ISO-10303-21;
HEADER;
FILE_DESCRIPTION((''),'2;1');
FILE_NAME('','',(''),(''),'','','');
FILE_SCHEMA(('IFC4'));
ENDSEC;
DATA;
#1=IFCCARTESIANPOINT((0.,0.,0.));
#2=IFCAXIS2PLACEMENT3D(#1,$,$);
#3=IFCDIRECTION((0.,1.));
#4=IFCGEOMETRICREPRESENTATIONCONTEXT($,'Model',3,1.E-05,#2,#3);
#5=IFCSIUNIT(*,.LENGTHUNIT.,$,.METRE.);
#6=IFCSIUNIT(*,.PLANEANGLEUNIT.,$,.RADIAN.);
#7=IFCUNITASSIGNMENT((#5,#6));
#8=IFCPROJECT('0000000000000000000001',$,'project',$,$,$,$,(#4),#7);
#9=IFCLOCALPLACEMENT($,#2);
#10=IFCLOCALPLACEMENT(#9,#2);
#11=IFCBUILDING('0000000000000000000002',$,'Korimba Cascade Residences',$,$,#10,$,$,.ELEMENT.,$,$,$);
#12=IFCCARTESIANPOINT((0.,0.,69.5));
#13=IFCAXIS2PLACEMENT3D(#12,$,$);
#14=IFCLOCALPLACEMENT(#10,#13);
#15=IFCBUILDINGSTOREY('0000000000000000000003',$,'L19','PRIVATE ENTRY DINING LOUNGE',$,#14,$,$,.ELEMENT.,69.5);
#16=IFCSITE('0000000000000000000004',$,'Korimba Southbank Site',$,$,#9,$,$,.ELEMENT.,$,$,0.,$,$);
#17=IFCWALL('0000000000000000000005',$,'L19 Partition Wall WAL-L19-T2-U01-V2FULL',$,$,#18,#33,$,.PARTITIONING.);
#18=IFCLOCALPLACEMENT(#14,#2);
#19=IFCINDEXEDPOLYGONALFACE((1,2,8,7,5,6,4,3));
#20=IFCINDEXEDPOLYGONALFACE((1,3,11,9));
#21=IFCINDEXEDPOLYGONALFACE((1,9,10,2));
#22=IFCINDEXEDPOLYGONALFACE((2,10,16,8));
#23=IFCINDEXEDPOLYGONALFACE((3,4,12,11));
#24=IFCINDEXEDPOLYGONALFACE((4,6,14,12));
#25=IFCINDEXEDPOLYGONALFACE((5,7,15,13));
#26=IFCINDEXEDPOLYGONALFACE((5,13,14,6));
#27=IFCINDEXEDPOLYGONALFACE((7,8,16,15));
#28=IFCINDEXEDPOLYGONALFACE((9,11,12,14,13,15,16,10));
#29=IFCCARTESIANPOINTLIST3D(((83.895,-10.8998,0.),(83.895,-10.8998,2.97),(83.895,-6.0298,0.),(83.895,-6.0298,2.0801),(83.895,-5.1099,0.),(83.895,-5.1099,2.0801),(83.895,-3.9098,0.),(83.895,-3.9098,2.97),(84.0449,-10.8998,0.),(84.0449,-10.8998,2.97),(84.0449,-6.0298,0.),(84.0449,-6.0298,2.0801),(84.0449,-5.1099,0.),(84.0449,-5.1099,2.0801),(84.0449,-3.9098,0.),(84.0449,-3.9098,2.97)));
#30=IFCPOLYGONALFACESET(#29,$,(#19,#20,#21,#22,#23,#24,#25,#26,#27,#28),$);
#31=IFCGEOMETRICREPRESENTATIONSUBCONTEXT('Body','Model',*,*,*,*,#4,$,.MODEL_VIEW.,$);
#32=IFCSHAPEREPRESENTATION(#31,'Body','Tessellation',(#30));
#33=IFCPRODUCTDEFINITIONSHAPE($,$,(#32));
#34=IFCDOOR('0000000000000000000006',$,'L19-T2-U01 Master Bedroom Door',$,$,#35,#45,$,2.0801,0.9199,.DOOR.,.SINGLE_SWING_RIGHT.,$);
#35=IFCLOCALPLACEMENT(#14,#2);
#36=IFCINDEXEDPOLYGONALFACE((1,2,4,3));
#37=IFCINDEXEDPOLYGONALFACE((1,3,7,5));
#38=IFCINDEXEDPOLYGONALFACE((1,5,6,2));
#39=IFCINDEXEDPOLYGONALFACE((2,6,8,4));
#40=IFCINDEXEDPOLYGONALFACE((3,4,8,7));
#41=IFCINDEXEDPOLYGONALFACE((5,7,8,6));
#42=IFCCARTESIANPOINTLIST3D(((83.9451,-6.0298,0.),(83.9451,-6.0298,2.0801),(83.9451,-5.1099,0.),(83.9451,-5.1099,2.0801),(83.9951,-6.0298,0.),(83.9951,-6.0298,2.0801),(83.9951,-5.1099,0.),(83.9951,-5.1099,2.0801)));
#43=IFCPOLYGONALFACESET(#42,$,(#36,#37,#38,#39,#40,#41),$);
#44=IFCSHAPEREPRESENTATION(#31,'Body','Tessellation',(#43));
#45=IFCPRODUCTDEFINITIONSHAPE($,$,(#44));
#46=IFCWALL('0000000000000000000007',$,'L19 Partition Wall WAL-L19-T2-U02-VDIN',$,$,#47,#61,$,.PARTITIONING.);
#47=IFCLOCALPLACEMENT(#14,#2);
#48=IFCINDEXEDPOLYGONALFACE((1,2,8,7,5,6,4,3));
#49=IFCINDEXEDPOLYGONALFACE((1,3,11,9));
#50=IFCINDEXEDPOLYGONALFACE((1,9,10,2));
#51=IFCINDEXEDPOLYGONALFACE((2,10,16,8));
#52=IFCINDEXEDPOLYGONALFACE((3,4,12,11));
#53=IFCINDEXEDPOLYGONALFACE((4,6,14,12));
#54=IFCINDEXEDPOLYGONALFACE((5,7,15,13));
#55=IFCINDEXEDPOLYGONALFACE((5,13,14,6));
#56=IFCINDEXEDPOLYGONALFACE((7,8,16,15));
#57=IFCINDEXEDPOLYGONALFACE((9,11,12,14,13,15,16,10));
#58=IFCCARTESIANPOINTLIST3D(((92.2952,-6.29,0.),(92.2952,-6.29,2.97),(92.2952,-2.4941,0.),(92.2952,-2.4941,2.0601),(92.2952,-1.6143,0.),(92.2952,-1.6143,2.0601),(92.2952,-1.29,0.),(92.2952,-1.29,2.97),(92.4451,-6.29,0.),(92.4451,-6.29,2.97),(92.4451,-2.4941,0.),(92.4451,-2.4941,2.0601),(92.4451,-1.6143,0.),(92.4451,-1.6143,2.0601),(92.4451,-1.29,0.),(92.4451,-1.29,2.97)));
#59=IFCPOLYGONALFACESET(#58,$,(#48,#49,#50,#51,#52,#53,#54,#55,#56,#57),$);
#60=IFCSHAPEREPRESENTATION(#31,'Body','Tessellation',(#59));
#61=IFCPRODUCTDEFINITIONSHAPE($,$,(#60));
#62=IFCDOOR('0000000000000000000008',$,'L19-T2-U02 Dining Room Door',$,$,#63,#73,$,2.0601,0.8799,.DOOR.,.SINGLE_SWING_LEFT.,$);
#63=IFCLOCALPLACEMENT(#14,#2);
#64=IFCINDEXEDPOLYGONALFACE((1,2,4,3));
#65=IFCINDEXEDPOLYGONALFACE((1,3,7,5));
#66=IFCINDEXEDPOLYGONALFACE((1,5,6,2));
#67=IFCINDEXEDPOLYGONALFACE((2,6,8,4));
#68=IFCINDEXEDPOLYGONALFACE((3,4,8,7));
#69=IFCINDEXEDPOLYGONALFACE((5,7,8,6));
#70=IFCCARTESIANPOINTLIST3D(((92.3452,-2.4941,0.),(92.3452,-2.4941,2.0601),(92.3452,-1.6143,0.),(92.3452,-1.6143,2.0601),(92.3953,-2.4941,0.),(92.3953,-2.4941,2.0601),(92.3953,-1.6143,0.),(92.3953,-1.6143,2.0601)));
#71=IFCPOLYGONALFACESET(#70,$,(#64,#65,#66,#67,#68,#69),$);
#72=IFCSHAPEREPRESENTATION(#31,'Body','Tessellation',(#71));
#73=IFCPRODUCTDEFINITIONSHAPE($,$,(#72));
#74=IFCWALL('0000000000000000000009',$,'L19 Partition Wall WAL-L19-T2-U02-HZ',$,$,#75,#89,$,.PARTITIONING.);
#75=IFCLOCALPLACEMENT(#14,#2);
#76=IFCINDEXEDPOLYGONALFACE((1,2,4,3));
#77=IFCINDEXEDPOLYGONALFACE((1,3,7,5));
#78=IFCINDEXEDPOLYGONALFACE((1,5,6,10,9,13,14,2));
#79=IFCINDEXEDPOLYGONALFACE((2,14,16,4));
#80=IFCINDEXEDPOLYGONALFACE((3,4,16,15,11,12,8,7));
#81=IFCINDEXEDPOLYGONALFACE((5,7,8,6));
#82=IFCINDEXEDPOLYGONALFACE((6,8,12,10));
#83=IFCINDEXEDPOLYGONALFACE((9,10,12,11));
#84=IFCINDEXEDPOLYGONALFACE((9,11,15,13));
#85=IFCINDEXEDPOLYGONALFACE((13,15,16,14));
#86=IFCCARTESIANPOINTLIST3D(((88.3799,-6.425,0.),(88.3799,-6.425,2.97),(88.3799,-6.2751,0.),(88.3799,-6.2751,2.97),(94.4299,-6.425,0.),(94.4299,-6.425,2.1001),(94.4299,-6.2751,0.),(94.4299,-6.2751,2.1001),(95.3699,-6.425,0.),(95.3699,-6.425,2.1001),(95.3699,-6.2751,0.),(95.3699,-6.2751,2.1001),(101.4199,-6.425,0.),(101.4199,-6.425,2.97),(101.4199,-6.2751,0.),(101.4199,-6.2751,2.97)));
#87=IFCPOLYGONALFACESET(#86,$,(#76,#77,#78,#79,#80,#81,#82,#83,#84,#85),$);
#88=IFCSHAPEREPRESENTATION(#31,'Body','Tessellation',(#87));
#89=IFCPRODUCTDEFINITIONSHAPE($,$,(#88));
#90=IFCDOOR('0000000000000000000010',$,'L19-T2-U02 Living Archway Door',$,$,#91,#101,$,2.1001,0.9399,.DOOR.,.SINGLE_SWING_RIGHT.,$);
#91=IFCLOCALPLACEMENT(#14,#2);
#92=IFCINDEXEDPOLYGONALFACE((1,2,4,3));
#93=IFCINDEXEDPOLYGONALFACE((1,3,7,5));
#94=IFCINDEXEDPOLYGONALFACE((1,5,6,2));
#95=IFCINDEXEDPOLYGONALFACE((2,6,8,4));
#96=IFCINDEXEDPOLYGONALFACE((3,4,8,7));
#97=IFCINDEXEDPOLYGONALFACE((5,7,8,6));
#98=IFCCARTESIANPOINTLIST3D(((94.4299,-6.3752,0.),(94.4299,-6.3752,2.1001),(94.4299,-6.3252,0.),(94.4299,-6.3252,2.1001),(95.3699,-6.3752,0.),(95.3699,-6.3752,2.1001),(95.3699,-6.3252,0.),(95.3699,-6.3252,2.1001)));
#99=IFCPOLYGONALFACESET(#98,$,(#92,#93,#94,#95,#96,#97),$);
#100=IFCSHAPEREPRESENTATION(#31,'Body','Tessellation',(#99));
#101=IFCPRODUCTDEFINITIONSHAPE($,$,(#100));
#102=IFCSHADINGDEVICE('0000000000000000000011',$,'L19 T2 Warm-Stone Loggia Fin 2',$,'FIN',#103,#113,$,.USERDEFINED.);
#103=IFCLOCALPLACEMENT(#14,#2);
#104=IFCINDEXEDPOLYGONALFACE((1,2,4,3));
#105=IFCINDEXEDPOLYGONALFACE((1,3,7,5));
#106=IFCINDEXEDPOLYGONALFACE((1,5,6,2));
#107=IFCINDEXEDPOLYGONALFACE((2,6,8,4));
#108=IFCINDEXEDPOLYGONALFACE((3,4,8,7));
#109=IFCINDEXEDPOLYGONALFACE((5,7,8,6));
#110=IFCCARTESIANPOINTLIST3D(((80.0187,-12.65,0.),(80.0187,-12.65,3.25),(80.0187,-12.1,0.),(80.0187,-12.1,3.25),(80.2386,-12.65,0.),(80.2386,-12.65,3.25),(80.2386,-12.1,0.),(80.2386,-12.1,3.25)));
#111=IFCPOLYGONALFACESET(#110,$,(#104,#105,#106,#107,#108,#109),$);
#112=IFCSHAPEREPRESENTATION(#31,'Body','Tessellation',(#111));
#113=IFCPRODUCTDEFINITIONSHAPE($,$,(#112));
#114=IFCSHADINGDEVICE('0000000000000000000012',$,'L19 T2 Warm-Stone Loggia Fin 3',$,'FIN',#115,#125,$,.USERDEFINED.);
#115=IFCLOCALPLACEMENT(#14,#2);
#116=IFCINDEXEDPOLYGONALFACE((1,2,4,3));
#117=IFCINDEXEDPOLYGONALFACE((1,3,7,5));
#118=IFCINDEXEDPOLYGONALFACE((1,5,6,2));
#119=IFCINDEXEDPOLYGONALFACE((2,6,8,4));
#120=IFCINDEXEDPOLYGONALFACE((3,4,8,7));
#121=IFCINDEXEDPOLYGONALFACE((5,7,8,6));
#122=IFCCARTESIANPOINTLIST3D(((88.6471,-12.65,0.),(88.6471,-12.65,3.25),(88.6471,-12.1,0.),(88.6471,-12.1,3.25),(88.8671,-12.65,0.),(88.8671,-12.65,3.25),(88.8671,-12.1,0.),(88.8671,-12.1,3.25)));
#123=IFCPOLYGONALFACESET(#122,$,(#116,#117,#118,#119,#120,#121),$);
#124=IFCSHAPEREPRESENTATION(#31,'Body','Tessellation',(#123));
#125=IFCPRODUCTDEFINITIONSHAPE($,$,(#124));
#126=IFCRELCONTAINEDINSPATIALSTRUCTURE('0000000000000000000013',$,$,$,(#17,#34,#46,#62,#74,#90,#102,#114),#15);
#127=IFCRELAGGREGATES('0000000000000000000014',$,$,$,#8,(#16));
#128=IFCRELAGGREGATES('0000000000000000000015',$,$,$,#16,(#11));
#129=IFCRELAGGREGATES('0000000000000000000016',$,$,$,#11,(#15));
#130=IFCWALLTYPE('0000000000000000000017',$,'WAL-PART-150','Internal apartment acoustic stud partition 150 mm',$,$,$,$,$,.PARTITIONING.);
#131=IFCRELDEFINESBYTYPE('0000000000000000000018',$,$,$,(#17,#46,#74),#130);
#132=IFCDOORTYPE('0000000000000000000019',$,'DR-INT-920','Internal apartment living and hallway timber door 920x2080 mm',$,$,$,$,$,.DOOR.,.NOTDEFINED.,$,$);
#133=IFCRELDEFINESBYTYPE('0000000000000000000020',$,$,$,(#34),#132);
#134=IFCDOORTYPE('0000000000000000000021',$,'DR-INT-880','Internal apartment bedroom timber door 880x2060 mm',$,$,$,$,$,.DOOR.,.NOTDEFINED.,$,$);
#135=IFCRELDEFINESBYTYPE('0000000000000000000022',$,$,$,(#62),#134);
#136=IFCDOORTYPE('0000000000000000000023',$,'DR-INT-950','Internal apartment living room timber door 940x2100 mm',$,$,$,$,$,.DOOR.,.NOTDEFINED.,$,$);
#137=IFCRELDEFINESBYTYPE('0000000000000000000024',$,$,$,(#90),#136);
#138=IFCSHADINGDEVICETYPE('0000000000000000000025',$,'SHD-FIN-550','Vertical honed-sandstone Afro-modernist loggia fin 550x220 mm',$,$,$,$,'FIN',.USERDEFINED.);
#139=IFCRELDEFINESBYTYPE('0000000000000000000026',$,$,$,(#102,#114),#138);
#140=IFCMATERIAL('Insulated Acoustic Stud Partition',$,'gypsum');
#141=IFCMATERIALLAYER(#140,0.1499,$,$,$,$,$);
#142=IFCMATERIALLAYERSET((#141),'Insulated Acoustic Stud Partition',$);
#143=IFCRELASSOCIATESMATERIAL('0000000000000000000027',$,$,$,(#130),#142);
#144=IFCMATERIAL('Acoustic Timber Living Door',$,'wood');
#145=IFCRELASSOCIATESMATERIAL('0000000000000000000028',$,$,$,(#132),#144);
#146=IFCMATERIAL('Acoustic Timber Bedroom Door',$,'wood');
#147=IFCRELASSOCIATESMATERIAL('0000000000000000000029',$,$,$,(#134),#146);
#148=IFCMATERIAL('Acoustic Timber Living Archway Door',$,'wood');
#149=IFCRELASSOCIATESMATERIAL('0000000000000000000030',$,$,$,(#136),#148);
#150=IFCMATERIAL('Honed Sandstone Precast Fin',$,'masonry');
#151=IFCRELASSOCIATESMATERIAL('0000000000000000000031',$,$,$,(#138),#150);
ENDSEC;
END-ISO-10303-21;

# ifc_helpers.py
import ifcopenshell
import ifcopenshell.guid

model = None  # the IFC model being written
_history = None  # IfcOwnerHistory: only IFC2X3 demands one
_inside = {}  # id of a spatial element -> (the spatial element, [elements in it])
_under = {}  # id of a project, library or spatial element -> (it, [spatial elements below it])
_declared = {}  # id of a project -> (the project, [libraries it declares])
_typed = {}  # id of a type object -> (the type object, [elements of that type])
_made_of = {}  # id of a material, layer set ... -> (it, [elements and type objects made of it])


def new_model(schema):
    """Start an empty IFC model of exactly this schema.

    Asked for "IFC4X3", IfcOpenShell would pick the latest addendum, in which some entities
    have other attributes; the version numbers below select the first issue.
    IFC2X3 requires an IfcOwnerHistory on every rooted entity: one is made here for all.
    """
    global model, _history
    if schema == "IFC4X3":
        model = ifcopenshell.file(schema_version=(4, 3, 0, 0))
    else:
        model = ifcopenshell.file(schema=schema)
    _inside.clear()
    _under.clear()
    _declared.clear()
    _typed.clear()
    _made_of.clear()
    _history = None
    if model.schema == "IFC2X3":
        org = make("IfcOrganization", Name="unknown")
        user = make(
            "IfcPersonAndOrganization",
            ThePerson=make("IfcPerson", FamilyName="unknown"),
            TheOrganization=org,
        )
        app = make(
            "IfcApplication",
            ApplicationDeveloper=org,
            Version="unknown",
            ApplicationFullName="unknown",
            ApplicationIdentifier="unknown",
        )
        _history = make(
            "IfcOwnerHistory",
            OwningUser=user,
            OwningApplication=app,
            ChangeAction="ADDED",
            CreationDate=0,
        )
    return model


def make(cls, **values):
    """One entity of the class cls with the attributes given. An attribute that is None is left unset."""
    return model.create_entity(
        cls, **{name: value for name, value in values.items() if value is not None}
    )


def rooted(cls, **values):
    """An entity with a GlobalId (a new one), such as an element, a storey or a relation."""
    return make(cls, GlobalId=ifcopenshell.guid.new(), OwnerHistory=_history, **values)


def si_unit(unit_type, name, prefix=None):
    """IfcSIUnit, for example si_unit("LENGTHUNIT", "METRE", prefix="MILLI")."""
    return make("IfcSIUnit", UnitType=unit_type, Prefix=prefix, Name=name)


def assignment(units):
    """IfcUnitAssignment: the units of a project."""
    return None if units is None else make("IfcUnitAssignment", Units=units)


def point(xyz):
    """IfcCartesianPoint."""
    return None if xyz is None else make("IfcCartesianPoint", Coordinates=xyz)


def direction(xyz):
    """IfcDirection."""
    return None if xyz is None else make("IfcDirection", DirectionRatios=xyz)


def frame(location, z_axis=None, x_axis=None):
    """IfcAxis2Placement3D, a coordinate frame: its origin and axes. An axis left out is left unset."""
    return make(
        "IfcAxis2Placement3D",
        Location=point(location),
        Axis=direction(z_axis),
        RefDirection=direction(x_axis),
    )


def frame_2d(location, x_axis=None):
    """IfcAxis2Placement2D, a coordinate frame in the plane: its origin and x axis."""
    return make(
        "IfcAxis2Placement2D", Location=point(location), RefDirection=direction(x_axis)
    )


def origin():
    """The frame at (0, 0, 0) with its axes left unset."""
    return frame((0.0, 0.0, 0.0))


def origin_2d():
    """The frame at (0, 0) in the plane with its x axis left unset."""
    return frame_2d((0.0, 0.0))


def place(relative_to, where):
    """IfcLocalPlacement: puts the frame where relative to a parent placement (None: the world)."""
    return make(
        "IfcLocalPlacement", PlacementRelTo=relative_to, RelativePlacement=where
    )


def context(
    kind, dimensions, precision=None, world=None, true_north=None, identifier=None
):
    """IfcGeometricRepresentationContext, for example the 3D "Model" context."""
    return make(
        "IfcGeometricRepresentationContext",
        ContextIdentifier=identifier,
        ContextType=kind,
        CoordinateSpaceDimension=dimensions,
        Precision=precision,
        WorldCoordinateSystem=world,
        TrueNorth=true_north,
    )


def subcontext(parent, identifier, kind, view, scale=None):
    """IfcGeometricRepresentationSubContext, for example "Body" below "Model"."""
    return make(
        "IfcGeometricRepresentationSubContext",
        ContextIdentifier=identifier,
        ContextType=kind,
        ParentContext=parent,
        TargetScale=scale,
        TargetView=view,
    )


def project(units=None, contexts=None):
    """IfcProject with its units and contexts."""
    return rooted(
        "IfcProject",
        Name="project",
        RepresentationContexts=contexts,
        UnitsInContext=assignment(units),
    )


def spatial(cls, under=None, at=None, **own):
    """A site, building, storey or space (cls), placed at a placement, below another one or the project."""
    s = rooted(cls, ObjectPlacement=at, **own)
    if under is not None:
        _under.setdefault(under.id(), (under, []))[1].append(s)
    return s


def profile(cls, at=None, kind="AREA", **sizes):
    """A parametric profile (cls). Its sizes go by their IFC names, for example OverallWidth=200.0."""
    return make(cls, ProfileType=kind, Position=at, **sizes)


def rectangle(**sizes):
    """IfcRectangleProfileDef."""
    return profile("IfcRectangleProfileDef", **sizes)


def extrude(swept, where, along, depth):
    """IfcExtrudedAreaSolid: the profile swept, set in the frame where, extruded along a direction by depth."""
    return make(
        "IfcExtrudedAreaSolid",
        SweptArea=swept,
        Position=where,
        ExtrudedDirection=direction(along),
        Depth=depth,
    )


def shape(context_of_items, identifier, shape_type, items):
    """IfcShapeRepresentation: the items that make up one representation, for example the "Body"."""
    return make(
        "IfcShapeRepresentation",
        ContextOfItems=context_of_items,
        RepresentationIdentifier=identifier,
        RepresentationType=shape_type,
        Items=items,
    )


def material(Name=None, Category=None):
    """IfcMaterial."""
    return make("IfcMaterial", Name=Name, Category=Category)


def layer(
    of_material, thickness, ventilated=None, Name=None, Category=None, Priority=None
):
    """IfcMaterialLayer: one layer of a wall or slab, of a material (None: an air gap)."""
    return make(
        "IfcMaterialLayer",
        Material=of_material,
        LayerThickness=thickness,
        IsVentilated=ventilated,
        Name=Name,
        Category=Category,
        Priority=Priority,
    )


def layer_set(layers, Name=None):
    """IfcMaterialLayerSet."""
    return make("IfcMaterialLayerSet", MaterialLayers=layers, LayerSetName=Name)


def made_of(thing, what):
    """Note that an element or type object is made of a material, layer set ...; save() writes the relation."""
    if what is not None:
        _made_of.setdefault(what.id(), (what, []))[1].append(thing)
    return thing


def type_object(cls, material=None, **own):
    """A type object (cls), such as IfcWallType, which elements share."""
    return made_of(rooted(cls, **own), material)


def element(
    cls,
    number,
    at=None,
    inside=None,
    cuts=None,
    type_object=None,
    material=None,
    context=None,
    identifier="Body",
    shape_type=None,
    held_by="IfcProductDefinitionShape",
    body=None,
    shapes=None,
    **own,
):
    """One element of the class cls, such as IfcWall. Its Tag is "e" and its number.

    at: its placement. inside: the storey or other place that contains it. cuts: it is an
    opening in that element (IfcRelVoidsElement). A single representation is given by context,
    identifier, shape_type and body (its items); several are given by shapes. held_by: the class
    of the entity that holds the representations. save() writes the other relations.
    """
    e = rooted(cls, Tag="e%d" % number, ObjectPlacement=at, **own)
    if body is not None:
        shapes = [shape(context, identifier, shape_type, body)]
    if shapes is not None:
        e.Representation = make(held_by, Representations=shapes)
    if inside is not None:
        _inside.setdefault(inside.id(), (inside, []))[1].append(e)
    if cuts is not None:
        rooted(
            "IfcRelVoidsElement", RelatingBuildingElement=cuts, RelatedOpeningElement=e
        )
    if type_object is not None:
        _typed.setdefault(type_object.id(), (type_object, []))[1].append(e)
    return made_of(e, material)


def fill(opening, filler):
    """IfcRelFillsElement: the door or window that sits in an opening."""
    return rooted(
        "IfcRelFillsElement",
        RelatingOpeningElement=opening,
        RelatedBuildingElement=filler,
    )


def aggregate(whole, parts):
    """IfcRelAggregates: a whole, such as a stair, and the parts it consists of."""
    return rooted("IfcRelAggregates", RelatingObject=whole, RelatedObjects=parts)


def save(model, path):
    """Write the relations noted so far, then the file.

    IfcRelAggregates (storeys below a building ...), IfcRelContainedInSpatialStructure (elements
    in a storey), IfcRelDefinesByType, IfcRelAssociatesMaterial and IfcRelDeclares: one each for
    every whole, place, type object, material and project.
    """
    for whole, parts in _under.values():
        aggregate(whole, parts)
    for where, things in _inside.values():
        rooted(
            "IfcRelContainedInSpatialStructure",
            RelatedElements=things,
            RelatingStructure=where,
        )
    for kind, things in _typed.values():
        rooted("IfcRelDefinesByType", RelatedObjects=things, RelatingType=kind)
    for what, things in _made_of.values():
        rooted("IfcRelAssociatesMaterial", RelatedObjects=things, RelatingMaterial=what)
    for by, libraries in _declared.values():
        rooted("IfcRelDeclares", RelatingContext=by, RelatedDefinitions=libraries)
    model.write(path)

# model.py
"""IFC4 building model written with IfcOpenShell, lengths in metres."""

from ifc_helpers import new_model, si_unit, direction, frame, frame_2d, origin, origin_2d, place, context, subcontext, project, spatial, rectangle, extrude, material, layer, layer_set, type_object, element, fill, save


model = new_model("IFC4")

# Units and contexts
model_context = context("Model", 3, precision=1e-05, world=origin(), true_north=direction((0.0, 1.0)))
body_context = subcontext(model_context, "Body", "Model", "MODEL_VIEW")
ifc_project = project(units=[si_unit("LENGTHUNIT", "METRE"), si_unit("PLANEANGLEUNIT", "RADIAN")], contexts=[model_context])

# Site, building, storey
site_placement = place(None, origin())
site = spatial("IfcSite", under=ifc_project, at=site_placement, Name="Korimba Southbank Site", CompositionType="ELEMENT", RefElevation=0.0)
building_placement = place(site_placement, origin())
building = spatial("IfcBuilding", under=site, at=building_placement, Name="Korimba Cascade Residences", CompositionType="ELEMENT")
storey_placement = place(building_placement, frame((0.0, 0.0, 69.5)))
storey = spatial("IfcBuildingStorey", under=building, at=storey_placement, Name="L19", Description="PRIVATE ENTRY DINING LOUNGE", CompositionType="ELEMENT", Elevation=69.5)

# Shared definitions
ifc_material_1 = material(Name="Insulated Acoustic Stud Partition", Category="gypsum")
ifc_layer_1 = layer(ifc_material_1, 0.1499)
ifc_layer_set_1 = layer_set([ifc_layer_1], Name="Insulated Acoustic Stud Partition")
wall_type_1 = type_object("IfcWallType", Name="WAL-PART-150", Description="Internal apartment acoustic stud partition 150 mm", PredefinedType="PARTITIONING", material=ifc_layer_set_1)

# Walls, openings, doors
wall_1_placement = place(storey_placement, frame((83.97, -10.8999, 0.0), z_axis=(0.0, 0.0, 1.0), x_axis=(0.0, 1.0, 0.0)))
wall_1 = element("IfcWall", 1, at=wall_1_placement, inside=storey, type_object=wall_type_1, Name="L19 Partition Wall WAL-L19-T2-U01-V2FULL", PredefinedType="PARTITIONING", context=body_context, shape_type="SweptSolid", body=[
    extrude(rectangle(XDim=6.99, YDim=0.1499, at=frame_2d((3.4951, 0.0))), origin(), (0.0, 0.0, 1.0), 2.97),
])
opening_1_placement = place(wall_1_placement, frame((4.8701, 0.0, 0.0)))
opening_1 = element("IfcOpeningElement", 2, at=opening_1_placement, cuts=wall_1, PredefinedType="OPENING", context=body_context, shape_type="SweptSolid", body=[
    extrude(rectangle(XDim=0.9199, YDim=2.0801, at=frame_2d((0.46, 1.04))), frame((0.0, 0.085, 0.0), z_axis=(0.0, -1.0, 0.0), x_axis=(1.0, 0.0, 0.0)), (0.0, 0.0, 1.0), 0.1699),
])
ifc_material_2 = material(Name="Acoustic Timber Living Door", Category="wood")
door_type_1 = type_object("IfcDoorType", Name="DR-INT-920", Description="Internal apartment living and hallway timber door 920x2080 mm", OperationType="NOTDEFINED", PredefinedType="DOOR", material=ifc_material_2)
door_1_placement = place(opening_1_placement, origin())
door_1 = element("IfcDoor", 3, at=door_1_placement, inside=storey, type_object=door_type_1, Name="L19-T2-U01 Master Bedroom Door", OperationType="SINGLE_SWING_RIGHT", OverallHeight=2.0801, OverallWidth=0.9199, PredefinedType="DOOR", context=body_context, shape_type="SweptSolid", body=[
    extrude(rectangle(XDim=0.9199, YDim=2.0801, at=frame_2d((0.46, 1.04))), frame((0.0, 0.0249, 0.0), z_axis=(0.0, -1.0, 0.0), x_axis=(1.0, 0.0, 0.0)), (0.0, 0.0, 1.0), 0.05),
])
fill(opening_1, door_1)
wall_2_placement = place(storey_placement, frame((92.3701, -6.29, 0.0), z_axis=(0.0, 0.0, 1.0), x_axis=(0.0, 1.0, 0.0)))
wall_2 = element("IfcWall", 4, at=wall_2_placement, inside=storey, type_object=wall_type_1, Name="L19 Partition Wall WAL-L19-T2-U02-VDIN", PredefinedType="PARTITIONING", context=body_context, shape_type="SweptSolid", body=[
    extrude(rectangle(XDim=5.0, YDim=0.1499, at=frame_2d((2.5, 0.0))), origin(), (0.0, 0.0, 1.0), 2.97),
])
opening_2_placement = place(wall_2_placement, frame((3.7959, 0.0, 0.0)))
opening_2 = element("IfcOpeningElement", 5, at=opening_2_placement, cuts=wall_2, PredefinedType="OPENING", context=body_context, shape_type="SweptSolid", body=[
    extrude(rectangle(XDim=0.8799, YDim=2.0601, at=frame_2d((0.4399, 1.03))), frame((0.0, 0.085, 0.0), z_axis=(0.0, -1.0, 0.0), x_axis=(1.0, 0.0, 0.0)), (0.0, 0.0, 1.0), 0.1699),
])
ifc_material_3 = material(Name="Acoustic Timber Bedroom Door", Category="wood")
door_type_2 = type_object("IfcDoorType", Name="DR-INT-880", Description="Internal apartment bedroom timber door 880x2060 mm", OperationType="NOTDEFINED", PredefinedType="DOOR", material=ifc_material_3)
door_2_placement = place(opening_2_placement, origin())
door_2 = element("IfcDoor", 6, at=door_2_placement, inside=storey, type_object=door_type_2, Name="L19-T2-U02 Dining Room Door", OperationType="SINGLE_SWING_LEFT", OverallHeight=2.0601, OverallWidth=0.8799, PredefinedType="DOOR", context=body_context, shape_type="SweptSolid", body=[
    extrude(rectangle(XDim=0.8799, YDim=2.0601, at=frame_2d((0.4399, 1.03))), frame((0.0, 0.0249, 0.0), z_axis=(0.0, -1.0, 0.0), x_axis=(1.0, 0.0, 0.0)), (0.0, 0.0, 1.0), 0.05),
])
fill(opening_2, door_2)
wall_3_placement = place(storey_placement, frame((88.3799, -6.3501, 0.0), z_axis=(0.0, 0.0, 1.0), x_axis=(1.0, 0.0, 0.0)))
wall_3 = element("IfcWall", 7, at=wall_3_placement, inside=storey, type_object=wall_type_1, Name="L19 Partition Wall WAL-L19-T2-U02-HZ", PredefinedType="PARTITIONING", context=body_context, shape_type="SweptSolid", body=[
    extrude(rectangle(XDim=13.04, YDim=0.1499, at=frame_2d((6.52, 0.0))), origin(), (0.0, 0.0, 1.0), 2.97),
])
opening_3_placement = place(wall_3_placement, frame((6.05, 0.0, 0.0)))
opening_3 = element("IfcOpeningElement", 8, at=opening_3_placement, cuts=wall_3, PredefinedType="OPENING", context=body_context, shape_type="SweptSolid", body=[
    extrude(rectangle(XDim=0.9399, YDim=2.1001, at=frame_2d((0.47, 1.05))), frame((0.0, 0.085, 0.0), z_axis=(0.0, -1.0, 0.0), x_axis=(1.0, 0.0, 0.0)), (0.0, 0.0, 1.0), 0.1699),
])
ifc_material_4 = material(Name="Acoustic Timber Living Archway Door", Category="wood")
door_type_3 = type_object("IfcDoorType", Name="DR-INT-950", Description="Internal apartment living room timber door 940x2100 mm", OperationType="NOTDEFINED", PredefinedType="DOOR", material=ifc_material_4)
door_3_placement = place(opening_3_placement, origin())
door_3 = element("IfcDoor", 9, at=door_3_placement, inside=storey, type_object=door_type_3, Name="L19-T2-U02 Living Archway Door", OperationType="SINGLE_SWING_RIGHT", OverallHeight=2.1001, OverallWidth=0.9399, PredefinedType="DOOR", context=body_context, shape_type="SweptSolid", body=[
    extrude(rectangle(XDim=0.9399, YDim=2.1001, at=frame_2d((0.47, 1.05))), frame((0.0, 0.0249, 0.0), z_axis=(0.0, -1.0, 0.0), x_axis=(1.0, 0.0, 0.0)), (0.0, 0.0, 1.0), 0.05),
])
fill(opening_3, door_3)

# Shading devices
ifc_material_5 = material(Name="Honed Sandstone Precast Fin", Category="masonry")
shading_device_type = type_object("IfcShadingDeviceType", Name="SHD-FIN-550", Description="Vertical honed-sandstone Afro-modernist loggia fin 550x220 mm", ElementType="FIN", PredefinedType="USERDEFINED", material=ifc_material_5)
for number, where, z_axis, x_axis, name in (
    (10, (80.1287, -12.375, 0.0), (0.0, 0.0, 1.0), (1.0, 0.0, 0.0), "L19 T2 Warm-Stone Loggia Fin 2"),
    (11, (88.7571, -12.375, 0.0), (0.0, 0.0, 1.0), (1.0, 0.0, 0.0), "L19 T2 Warm-Stone Loggia Fin 3"),
):
    element("IfcShadingDevice", number, at=place(storey_placement, frame(where, z_axis=z_axis, x_axis=x_axis)), inside=storey, type_object=shading_device_type, Name=name, ObjectType="FIN", PredefinedType="USERDEFINED", context=body_context, shape_type="SweptSolid", body=[
        extrude(rectangle(XDim=0.22, YDim=0.55, at=origin_2d()), origin(), (0.0, 0.0, 1.0), 3.25),
    ])

save(model, "model.ifc")
